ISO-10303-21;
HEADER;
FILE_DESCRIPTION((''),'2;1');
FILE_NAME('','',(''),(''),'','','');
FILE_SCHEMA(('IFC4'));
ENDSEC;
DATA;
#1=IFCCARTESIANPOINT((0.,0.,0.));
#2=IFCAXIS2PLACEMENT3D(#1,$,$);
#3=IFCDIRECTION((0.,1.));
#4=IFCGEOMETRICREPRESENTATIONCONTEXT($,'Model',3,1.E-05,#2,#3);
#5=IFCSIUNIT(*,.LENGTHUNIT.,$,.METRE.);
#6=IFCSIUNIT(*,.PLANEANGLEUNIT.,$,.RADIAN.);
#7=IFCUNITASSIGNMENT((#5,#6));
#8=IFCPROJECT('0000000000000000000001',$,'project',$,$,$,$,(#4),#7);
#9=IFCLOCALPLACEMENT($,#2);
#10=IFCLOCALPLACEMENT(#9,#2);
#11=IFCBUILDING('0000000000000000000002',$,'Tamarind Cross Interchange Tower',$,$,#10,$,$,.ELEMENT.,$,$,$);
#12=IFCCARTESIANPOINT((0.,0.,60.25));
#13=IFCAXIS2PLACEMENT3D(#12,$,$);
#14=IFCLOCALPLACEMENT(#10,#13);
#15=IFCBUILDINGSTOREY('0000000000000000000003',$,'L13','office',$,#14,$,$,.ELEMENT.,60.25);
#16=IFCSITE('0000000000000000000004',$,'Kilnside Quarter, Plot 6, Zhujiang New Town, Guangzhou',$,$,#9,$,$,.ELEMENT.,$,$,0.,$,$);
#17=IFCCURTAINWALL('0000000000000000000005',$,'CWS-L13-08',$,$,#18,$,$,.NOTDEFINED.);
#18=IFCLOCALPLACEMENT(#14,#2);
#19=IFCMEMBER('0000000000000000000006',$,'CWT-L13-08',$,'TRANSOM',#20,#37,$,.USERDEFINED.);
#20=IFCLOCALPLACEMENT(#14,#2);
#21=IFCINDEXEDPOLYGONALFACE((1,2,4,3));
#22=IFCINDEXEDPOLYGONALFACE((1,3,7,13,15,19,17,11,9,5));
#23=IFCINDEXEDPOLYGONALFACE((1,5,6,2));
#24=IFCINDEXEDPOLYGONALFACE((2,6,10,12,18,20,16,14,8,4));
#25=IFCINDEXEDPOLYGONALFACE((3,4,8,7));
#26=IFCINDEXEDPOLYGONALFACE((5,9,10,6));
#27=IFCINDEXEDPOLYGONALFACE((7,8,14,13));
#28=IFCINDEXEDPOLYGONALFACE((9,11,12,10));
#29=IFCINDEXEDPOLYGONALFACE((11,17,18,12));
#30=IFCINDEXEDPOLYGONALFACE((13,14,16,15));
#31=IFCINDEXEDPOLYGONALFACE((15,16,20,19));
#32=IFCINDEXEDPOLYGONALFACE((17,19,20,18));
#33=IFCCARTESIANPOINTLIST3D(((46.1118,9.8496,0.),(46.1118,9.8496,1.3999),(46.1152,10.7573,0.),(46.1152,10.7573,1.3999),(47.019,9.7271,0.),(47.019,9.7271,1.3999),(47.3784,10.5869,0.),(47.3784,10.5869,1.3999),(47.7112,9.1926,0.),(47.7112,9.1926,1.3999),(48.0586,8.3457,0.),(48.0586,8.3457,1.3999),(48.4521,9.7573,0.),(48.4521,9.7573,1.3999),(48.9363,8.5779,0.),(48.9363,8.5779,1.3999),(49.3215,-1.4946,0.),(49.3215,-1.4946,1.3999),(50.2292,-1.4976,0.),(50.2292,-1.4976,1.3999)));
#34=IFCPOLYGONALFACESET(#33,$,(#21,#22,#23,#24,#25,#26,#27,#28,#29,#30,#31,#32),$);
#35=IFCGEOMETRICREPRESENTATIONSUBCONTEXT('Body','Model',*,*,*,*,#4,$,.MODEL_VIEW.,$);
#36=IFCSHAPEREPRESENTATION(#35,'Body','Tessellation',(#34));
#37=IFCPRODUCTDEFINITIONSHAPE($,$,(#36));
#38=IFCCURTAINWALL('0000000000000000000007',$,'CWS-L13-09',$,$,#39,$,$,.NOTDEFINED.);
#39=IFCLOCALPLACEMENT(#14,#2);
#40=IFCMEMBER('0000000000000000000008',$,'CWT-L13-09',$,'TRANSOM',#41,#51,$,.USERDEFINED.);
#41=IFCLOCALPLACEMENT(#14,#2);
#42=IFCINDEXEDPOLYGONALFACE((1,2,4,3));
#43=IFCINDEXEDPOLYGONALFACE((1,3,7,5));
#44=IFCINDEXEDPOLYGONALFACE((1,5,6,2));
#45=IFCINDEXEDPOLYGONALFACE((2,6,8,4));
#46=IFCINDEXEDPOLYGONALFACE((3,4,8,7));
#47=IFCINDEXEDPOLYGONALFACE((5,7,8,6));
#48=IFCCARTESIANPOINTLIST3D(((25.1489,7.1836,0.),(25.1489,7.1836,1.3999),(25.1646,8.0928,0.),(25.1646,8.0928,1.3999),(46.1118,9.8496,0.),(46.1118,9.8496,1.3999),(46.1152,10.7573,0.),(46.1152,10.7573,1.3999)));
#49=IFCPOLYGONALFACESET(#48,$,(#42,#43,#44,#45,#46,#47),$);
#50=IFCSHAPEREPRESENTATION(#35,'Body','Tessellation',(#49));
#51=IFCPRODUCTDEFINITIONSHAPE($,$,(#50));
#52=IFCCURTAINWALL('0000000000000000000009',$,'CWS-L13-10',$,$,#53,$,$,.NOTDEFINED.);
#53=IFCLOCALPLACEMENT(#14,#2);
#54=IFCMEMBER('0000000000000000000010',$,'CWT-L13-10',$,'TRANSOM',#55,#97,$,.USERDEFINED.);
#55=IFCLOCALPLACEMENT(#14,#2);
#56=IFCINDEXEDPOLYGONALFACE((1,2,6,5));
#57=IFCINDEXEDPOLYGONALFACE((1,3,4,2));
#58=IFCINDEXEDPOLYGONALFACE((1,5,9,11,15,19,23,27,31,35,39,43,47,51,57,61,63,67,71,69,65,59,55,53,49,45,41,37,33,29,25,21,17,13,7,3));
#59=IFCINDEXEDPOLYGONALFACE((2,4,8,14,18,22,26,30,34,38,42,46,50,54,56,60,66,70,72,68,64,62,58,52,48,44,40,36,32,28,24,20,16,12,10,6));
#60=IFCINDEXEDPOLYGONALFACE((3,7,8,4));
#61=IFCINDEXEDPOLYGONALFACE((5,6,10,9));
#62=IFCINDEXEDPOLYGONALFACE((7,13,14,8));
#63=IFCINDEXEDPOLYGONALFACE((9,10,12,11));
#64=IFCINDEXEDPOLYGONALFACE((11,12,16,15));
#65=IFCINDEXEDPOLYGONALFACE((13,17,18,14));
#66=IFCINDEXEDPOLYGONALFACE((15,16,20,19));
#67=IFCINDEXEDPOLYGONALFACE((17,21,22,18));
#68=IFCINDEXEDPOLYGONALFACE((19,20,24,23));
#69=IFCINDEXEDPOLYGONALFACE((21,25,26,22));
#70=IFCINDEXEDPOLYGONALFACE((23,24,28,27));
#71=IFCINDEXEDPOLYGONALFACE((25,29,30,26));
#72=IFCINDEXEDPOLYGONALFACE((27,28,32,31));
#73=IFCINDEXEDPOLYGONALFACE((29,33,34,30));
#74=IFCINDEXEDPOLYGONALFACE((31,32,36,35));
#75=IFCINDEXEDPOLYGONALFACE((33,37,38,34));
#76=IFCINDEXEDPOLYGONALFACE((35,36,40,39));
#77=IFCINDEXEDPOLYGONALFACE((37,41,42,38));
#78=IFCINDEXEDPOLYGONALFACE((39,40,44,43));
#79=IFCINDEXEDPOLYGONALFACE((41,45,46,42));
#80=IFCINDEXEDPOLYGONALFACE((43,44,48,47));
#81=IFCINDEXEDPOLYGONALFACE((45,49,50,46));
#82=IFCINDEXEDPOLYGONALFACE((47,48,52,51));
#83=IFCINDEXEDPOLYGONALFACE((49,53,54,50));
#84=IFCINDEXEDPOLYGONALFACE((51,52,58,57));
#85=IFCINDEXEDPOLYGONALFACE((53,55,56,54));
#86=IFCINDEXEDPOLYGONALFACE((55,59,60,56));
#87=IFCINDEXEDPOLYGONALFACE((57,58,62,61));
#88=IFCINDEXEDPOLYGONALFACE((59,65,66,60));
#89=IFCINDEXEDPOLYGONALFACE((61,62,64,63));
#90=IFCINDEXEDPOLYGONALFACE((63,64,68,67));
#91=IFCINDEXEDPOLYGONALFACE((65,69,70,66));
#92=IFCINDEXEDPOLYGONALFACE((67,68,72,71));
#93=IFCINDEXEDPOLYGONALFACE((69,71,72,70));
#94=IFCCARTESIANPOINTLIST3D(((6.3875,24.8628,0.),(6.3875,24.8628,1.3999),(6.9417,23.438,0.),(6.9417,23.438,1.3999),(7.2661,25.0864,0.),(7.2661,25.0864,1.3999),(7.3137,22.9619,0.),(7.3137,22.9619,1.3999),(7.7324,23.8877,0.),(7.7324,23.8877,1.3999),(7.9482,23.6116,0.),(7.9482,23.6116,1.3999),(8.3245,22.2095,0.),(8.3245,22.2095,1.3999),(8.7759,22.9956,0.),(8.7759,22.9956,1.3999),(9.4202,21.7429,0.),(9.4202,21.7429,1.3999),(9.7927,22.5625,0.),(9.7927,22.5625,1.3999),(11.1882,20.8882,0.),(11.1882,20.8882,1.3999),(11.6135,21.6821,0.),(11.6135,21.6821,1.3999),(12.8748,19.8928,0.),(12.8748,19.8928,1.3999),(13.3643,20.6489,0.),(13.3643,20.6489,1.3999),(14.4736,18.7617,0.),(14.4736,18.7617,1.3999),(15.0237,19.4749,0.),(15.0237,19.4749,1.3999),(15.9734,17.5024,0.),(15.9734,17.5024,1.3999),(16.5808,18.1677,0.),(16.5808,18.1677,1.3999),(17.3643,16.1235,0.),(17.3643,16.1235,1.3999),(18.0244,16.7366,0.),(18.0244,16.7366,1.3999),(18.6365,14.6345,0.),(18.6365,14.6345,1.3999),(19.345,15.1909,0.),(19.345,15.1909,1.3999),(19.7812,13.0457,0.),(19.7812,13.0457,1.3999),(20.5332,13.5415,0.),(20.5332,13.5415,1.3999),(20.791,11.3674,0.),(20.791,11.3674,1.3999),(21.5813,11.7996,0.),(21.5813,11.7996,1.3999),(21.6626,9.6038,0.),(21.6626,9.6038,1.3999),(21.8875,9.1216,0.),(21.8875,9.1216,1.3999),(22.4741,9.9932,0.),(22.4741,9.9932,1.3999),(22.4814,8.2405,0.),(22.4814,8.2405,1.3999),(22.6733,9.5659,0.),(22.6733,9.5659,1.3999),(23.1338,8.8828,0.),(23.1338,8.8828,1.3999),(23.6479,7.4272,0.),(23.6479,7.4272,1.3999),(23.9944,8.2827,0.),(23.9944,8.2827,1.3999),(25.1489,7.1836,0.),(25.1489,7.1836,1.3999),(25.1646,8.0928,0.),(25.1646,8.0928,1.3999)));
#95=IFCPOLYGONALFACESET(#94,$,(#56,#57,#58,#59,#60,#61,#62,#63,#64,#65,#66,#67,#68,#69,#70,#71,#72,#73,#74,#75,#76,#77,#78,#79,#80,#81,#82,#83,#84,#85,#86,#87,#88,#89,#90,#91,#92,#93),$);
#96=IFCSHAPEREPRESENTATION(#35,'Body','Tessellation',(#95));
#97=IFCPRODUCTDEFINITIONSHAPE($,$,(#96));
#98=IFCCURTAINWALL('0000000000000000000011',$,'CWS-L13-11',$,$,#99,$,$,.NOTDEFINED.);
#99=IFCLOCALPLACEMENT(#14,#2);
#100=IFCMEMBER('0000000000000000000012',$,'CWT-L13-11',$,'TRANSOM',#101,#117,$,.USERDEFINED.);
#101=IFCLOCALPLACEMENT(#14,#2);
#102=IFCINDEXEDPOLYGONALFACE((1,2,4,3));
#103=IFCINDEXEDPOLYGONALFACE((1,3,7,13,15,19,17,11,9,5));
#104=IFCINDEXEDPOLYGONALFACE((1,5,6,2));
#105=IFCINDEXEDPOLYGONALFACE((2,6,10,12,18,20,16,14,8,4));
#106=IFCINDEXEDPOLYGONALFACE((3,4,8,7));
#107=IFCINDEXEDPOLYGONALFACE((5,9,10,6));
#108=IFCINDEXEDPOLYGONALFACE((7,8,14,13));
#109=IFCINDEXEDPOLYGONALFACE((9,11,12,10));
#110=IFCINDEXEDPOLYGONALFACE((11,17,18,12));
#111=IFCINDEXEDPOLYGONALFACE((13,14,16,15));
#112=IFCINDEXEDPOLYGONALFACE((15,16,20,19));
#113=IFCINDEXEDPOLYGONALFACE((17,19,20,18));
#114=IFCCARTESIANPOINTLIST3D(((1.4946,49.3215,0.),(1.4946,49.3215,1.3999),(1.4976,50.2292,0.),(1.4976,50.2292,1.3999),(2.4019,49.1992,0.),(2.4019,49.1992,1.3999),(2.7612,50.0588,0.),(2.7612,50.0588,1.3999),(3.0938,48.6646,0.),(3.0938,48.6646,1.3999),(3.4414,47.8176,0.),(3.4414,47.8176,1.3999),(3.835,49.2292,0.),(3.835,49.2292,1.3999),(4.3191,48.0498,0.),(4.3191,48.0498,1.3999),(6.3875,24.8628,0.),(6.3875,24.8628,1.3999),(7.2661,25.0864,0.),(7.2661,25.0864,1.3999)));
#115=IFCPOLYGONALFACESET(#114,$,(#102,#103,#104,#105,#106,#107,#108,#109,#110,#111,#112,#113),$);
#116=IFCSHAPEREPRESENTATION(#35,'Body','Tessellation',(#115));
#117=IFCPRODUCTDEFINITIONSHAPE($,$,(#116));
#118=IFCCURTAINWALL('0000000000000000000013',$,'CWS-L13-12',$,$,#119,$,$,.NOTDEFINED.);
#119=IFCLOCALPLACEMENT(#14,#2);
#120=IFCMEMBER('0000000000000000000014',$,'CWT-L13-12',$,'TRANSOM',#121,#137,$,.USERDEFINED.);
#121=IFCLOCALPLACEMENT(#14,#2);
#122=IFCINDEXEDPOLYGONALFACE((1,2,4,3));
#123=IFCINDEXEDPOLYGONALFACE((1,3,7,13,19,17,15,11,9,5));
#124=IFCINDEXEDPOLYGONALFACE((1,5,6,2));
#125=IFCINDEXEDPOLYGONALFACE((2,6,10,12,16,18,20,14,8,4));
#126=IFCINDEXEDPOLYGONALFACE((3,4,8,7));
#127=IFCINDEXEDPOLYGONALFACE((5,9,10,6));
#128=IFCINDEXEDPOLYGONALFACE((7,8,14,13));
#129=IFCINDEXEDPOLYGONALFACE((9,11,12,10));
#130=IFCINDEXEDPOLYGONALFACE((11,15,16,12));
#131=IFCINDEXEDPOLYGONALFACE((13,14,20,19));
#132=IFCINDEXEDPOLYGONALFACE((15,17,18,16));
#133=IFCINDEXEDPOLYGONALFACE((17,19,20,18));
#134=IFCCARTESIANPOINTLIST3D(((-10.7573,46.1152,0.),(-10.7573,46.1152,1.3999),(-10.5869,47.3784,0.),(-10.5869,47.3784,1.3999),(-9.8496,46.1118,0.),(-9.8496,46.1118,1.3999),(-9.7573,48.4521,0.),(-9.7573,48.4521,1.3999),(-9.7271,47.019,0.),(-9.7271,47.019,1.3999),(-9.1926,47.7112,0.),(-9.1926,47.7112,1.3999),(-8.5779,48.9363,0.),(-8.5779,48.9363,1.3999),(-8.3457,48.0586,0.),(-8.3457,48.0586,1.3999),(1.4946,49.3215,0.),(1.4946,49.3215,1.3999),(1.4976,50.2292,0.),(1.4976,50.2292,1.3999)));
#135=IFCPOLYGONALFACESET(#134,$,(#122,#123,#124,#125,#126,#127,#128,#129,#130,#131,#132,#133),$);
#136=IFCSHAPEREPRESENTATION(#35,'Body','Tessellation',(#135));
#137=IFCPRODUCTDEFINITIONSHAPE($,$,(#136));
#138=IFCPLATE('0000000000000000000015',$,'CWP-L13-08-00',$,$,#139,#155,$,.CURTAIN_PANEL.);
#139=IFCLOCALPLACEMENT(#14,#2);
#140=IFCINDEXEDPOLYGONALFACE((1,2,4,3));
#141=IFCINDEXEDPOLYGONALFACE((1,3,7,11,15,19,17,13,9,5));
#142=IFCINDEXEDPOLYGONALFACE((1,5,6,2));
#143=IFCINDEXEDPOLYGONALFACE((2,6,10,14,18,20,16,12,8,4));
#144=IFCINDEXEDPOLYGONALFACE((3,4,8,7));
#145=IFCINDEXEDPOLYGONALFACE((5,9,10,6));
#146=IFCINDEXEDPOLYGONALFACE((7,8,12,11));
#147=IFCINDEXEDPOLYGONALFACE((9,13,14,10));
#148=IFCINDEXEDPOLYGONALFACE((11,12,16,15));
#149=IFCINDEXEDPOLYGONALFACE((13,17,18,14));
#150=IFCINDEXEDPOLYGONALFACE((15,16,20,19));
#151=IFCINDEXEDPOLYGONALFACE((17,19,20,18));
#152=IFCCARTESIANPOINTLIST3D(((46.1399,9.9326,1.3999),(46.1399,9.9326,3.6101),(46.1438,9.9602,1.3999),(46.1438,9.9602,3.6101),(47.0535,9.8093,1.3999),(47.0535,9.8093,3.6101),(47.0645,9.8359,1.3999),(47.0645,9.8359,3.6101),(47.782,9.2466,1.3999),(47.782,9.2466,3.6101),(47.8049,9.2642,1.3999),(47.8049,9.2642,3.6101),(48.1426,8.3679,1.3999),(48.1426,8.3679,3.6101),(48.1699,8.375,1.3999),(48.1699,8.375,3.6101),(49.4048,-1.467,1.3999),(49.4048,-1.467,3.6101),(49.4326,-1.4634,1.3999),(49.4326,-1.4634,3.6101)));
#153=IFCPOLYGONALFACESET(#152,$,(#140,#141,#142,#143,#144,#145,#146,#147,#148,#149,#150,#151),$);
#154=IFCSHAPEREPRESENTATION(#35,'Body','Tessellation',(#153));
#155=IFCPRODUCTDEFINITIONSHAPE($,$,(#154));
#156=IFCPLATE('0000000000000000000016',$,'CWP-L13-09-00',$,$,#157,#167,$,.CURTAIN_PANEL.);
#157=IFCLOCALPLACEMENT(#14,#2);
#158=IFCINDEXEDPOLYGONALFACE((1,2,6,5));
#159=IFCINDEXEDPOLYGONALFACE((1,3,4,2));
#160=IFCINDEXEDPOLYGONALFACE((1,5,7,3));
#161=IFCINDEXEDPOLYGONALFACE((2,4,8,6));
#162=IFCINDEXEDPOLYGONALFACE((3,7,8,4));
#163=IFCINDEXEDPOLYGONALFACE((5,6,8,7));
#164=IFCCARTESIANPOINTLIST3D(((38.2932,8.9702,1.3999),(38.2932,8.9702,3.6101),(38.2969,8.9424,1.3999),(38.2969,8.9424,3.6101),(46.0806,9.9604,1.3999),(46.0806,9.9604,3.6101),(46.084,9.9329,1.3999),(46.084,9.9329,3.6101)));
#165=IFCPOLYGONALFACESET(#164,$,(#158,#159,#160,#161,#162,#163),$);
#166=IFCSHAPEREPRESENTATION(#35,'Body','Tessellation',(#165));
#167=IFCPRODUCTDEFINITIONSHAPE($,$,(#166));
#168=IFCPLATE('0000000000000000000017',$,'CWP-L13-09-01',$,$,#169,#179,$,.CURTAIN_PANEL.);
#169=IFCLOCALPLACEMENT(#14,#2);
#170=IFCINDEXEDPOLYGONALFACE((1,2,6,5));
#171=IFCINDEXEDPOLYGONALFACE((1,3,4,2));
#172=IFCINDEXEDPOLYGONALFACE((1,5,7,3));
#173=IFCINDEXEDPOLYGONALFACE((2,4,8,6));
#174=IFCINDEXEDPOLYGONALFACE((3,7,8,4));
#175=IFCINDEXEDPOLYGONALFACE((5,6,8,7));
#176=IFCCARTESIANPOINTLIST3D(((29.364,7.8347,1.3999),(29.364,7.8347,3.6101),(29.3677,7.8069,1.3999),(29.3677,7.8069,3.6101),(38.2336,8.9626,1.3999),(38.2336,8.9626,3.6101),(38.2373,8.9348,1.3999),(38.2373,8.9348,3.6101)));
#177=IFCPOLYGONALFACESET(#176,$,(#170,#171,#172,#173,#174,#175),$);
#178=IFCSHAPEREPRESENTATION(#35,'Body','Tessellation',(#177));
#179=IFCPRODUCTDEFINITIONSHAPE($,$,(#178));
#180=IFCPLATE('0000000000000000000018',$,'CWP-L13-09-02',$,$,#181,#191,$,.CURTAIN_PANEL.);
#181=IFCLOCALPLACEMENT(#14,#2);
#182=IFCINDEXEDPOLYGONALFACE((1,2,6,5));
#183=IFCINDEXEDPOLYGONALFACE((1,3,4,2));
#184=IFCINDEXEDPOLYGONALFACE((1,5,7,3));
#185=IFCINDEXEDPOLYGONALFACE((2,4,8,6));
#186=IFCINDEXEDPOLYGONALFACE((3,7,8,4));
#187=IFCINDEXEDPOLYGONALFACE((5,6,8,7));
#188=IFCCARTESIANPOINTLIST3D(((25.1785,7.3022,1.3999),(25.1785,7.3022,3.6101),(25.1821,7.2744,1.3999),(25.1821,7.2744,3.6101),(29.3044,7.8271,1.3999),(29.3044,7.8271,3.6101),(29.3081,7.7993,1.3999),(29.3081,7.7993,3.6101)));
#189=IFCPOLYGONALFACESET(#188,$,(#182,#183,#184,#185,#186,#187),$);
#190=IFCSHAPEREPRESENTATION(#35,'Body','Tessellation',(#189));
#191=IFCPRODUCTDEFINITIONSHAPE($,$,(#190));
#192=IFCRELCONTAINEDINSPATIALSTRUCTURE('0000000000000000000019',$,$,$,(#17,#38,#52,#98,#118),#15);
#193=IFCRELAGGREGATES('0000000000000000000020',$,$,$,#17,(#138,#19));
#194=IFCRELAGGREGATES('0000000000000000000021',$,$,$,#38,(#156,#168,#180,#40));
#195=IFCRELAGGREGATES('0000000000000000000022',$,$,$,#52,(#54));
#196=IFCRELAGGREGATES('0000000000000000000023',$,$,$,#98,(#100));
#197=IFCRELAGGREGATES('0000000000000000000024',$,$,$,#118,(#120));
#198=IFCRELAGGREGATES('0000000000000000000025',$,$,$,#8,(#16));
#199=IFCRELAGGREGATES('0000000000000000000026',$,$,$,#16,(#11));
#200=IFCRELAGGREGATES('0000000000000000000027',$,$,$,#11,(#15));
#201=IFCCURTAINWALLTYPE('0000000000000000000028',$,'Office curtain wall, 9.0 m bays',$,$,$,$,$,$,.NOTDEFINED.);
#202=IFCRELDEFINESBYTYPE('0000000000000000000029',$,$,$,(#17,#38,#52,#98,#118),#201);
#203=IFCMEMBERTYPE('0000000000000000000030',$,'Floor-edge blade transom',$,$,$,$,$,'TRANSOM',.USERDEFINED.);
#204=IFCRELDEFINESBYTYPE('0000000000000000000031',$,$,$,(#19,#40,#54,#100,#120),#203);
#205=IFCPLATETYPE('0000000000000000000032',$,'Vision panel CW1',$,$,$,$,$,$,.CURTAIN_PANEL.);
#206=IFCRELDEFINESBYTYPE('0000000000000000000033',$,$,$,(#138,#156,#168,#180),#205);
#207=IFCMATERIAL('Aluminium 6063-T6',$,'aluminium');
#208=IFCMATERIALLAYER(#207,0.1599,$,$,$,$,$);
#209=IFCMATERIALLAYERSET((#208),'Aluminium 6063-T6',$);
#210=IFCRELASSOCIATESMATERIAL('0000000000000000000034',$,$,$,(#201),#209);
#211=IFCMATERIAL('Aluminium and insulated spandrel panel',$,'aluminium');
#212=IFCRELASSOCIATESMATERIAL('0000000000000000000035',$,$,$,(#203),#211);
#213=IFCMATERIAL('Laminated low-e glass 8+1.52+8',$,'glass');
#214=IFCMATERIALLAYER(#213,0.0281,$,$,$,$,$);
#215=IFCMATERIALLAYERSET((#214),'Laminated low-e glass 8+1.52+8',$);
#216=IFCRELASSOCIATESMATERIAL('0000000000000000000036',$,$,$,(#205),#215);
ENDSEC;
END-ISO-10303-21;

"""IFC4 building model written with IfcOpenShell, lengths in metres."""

from ifc_helpers import new_model, si_unit, direction, frame, origin, place, context, subcontext, project, spatial, polyline, outline, extrude, material, layer, layer_set, type_object, element, aggregate, save


model = new_model("IFC4")

# Units and contexts
model_context = context("Model", 3, precision=1e-05, world=origin(), true_north=direction((0.0, 1.0)))
body_context = subcontext(model_context, "Body", "Model", "MODEL_VIEW")
ifc_project = project(units=[si_unit("LENGTHUNIT", "METRE"), si_unit("PLANEANGLEUNIT", "RADIAN")], contexts=[model_context])

# Site, building, storey
site_placement = place(None, origin())
site = spatial("IfcSite", under=ifc_project, at=site_placement, Name="Kilnside Quarter, Plot 6, Zhujiang New Town, Guangzhou", CompositionType="ELEMENT", RefElevation=0.0)
building_placement = place(site_placement, origin())
building = spatial("IfcBuilding", under=site, at=building_placement, Name="Tamarind Cross Interchange Tower", CompositionType="ELEMENT")
storey_placement = place(building_placement, frame((0.0, 0.0, 60.25)))
storey = spatial("IfcBuildingStorey", under=building, at=storey_placement, Name="L13", Description="office", CompositionType="ELEMENT", Elevation=60.25)

# Curtain walls, members
ifc_material_1 = material(Name="Aluminium 6063-T6", Category="aluminium")
ifc_layer_1 = layer(ifc_material_1, 0.1599)
ifc_layer_set_1 = layer_set([ifc_layer_1], Name="Aluminium 6063-T6")
curtain_wall_type = type_object("IfcCurtainWallType", Name="Office curtain wall, 9.0 m bays", PredefinedType="NOTDEFINED", material=ifc_layer_set_1)
curtain_wall_1_placement = place(storey_placement, origin())
curtain_wall_1 = element("IfcCurtainWall", 1, at=curtain_wall_1_placement, inside=storey, type_object=curtain_wall_type, Name="CWS-L13-08", PredefinedType="NOTDEFINED")
ifc_material_2 = material(Name="Aluminium and insulated spandrel panel", Category="aluminium")
member_type = type_object("IfcMemberType", Name="Floor-edge blade transom", ElementType="TRANSOM", PredefinedType="USERDEFINED", material=ifc_material_2)
member_1_placement = place(storey_placement, origin())
member_1 = element("IfcMember", 2, at=member_1_placement, type_object=member_type, Name="CWT-L13-08", ObjectType="TRANSOM", PredefinedType="USERDEFINED", context=body_context, shape_type="SweptSolid", body=[
    extrude(outline(polyline([(49.3215, -1.4946), (48.0586, 8.3457), (47.7112, 9.1926), (47.019, 9.7271), (46.1118, 9.8496), (46.1152, 10.7573), (47.3784, 10.5869), (48.4521, 9.7573), (48.9363, 8.5779), (50.2292, -1.4976), (49.3215, -1.4946)])), origin(), (0.0, 0.0, 1.0), 1.3999),
])
curtain_wall_2_placement = place(storey_placement, origin())
curtain_wall_2 = element("IfcCurtainWall", 3, at=curtain_wall_2_placement, inside=storey, type_object=curtain_wall_type, Name="CWS-L13-09", PredefinedType="NOTDEFINED")
member_2_placement = place(storey_placement, origin())
member_2 = element("IfcMember", 4, at=member_2_placement, type_object=member_type, Name="CWT-L13-09", ObjectType="TRANSOM", PredefinedType="USERDEFINED", context=body_context, shape_type="SweptSolid", body=[
    extrude(outline(polyline([(46.1118, 9.8496), (25.1489, 7.1836), (25.1646, 8.0928), (46.1152, 10.7573), (46.1118, 9.8496)])), origin(), (0.0, 0.0, 1.0), 1.3999),
])
curtain_wall_3_placement = place(storey_placement, origin())
curtain_wall_3 = element("IfcCurtainWall", 5, at=curtain_wall_3_placement, inside=storey, type_object=curtain_wall_type, Name="CWS-L13-10", PredefinedType="NOTDEFINED")
member_3_placement = place(storey_placement, origin())
member_3 = element("IfcMember", 6, at=member_3_placement, type_object=member_type, Name="CWT-L13-10", ObjectType="TRANSOM", PredefinedType="USERDEFINED", context=body_context, shape_type="SweptSolid", body=[
    extrude(outline(polyline([(25.1489, 7.1836), (23.6479, 7.4272), (22.4814, 8.2405), (21.8875, 9.1216), (21.6626, 9.6038), (20.791, 11.3674), (19.7812, 13.0457), (18.6365, 14.6345), (17.3643, 16.1235), (15.9734, 17.5024), (14.4736, 18.7617), (12.8748, 19.8928), (11.1882, 20.8882), (9.4202, 21.7429), (8.3245, 22.2095), (7.3137, 22.9619), (6.9417, 23.438), (6.3875, 24.8628), (7.2661, 25.0864), (7.7324, 23.8877), (7.9482, 23.6116), (8.7759, 22.9956), (9.7927, 22.5625), (11.6135, 21.6821), (13.3643, 20.6489), (15.0237, 19.4749), (16.5808, 18.1677), (18.0244, 16.7366), (19.345, 15.1909), (20.5332, 13.5415), (21.5813, 11.7996), (22.4741, 9.9932), (22.6733, 9.5659), (23.1338, 8.8828), (23.9944, 8.2827), (25.1646, 8.0928), (25.1489, 7.1836)])), origin(), (0.0, 0.0, 1.0), 1.3999),
])
curtain_wall_4_placement = place(storey_placement, origin())
curtain_wall_4 = element("IfcCurtainWall", 7, at=curtain_wall_4_placement, inside=storey, type_object=curtain_wall_type, Name="CWS-L13-11", PredefinedType="NOTDEFINED")
member_4_placement = place(storey_placement, origin())
member_4 = element("IfcMember", 8, at=member_4_placement, type_object=member_type, Name="CWT-L13-11", ObjectType="TRANSOM", PredefinedType="USERDEFINED", context=body_context, shape_type="SweptSolid", body=[
    extrude(outline(polyline([(6.3875, 24.8628), (3.4414, 47.8176), (3.0938, 48.6646), (2.4019, 49.1992), (1.4946, 49.3215), (1.4976, 50.2292), (2.7612, 50.0588), (3.835, 49.2292), (4.3191, 48.0498), (7.2661, 25.0864), (6.3875, 24.8628)])), origin(), (0.0, 0.0, 1.0), 1.3999),
])
curtain_wall_5_placement = place(storey_placement, origin())
curtain_wall_5 = element("IfcCurtainWall", 9, at=curtain_wall_5_placement, inside=storey, type_object=curtain_wall_type, Name="CWS-L13-12", PredefinedType="NOTDEFINED")
member_5_placement = place(storey_placement, origin())
member_5 = element("IfcMember", 10, at=member_5_placement, type_object=member_type, Name="CWT-L13-12", ObjectType="TRANSOM", PredefinedType="USERDEFINED", context=body_context, shape_type="SweptSolid", body=[
    extrude(outline(polyline([(1.4946, 49.3215), (-8.3457, 48.0586), (-9.1926, 47.7112), (-9.7271, 47.019), (-9.8496, 46.1118), (-10.7573, 46.1152), (-10.5869, 47.3784), (-9.7573, 48.4521), (-8.5779, 48.9363), (1.4976, 50.2292), (1.4946, 49.3215)])), origin(), (0.0, 0.0, 1.0), 1.3999),
])

# Plates
ifc_material_3 = material(Name="Laminated low-e glass 8+1.52+8", Category="glass")
ifc_layer_2 = layer(ifc_material_3, 0.0281)
ifc_layer_set_2 = layer_set([ifc_layer_2], Name="Laminated low-e glass 8+1.52+8")
plate_type = type_object("IfcPlateType", Name="Vision panel CW1", PredefinedType="CURTAIN_PANEL", material=ifc_layer_set_2)
plate_1_placement = place(storey_placement, frame((0.0, 0.0, 1.3999)))
plate_1 = element("IfcPlate", 11, at=plate_1_placement, type_object=plate_type, Name="CWP-L13-08-00", PredefinedType="CURTAIN_PANEL", context=body_context, shape_type="SweptSolid", body=[
    extrude(outline(polyline([(49.4048, -1.467), (48.1426, 8.3679), (47.782, 9.2466), (47.0535, 9.8093), (46.1399, 9.9326), (46.1438, 9.9602), (47.0645, 9.8359), (47.8049, 9.2642), (48.1699, 8.375), (49.4326, -1.4634), (49.4048, -1.467)])), origin(), (0.0, 0.0, 1.0), 2.2102),
])
aggregate(curtain_wall_1, [plate_1, member_1])
plate_2_placement = place(storey_placement, frame((0.0, 0.0, 1.3999)))
plate_2 = element("IfcPlate", 12, at=plate_2_placement, type_object=plate_type, Name="CWP-L13-09-00", PredefinedType="CURTAIN_PANEL", context=body_context, shape_type="SweptSolid", body=[
    extrude(outline(polyline([(46.084, 9.9329), (38.2969, 8.9424), (38.2932, 8.9702), (46.0806, 9.9604), (46.084, 9.9329)])), origin(), (0.0, 0.0, 1.0), 2.2102),
])
plate_3_placement = place(storey_placement, frame((0.0, 0.0, 1.3999)))
plate_3 = element("IfcPlate", 13, at=plate_3_placement, type_object=plate_type, Name="CWP-L13-09-01", PredefinedType="CURTAIN_PANEL", context=body_context, shape_type="SweptSolid", body=[
    extrude(outline(polyline([(38.2373, 8.9348), (29.3677, 7.8069), (29.364, 7.8347), (38.2336, 8.9626), (38.2373, 8.9348)])), origin(), (0.0, 0.0, 1.0), 2.2102),
])
plate_4_placement = place(storey_placement, frame((0.0, 0.0, 1.3999)))
plate_4 = element("IfcPlate", 14, at=plate_4_placement, type_object=plate_type, Name="CWP-L13-09-02", PredefinedType="CURTAIN_PANEL", context=body_context, shape_type="SweptSolid", body=[
    extrude(outline(polyline([(29.3081, 7.7993), (25.1821, 7.2744), (25.1785, 7.3022), (29.3044, 7.8271), (29.3081, 7.7993)])), origin(), (0.0, 0.0, 1.0), 2.2102),
])
aggregate(curtain_wall_2, [plate_2, plate_3, plate_4, member_2])
aggregate(curtain_wall_3, [member_3])
aggregate(curtain_wall_4, [member_4])
aggregate(curtain_wall_5, [member_5])

save(model, "model.ifc")
